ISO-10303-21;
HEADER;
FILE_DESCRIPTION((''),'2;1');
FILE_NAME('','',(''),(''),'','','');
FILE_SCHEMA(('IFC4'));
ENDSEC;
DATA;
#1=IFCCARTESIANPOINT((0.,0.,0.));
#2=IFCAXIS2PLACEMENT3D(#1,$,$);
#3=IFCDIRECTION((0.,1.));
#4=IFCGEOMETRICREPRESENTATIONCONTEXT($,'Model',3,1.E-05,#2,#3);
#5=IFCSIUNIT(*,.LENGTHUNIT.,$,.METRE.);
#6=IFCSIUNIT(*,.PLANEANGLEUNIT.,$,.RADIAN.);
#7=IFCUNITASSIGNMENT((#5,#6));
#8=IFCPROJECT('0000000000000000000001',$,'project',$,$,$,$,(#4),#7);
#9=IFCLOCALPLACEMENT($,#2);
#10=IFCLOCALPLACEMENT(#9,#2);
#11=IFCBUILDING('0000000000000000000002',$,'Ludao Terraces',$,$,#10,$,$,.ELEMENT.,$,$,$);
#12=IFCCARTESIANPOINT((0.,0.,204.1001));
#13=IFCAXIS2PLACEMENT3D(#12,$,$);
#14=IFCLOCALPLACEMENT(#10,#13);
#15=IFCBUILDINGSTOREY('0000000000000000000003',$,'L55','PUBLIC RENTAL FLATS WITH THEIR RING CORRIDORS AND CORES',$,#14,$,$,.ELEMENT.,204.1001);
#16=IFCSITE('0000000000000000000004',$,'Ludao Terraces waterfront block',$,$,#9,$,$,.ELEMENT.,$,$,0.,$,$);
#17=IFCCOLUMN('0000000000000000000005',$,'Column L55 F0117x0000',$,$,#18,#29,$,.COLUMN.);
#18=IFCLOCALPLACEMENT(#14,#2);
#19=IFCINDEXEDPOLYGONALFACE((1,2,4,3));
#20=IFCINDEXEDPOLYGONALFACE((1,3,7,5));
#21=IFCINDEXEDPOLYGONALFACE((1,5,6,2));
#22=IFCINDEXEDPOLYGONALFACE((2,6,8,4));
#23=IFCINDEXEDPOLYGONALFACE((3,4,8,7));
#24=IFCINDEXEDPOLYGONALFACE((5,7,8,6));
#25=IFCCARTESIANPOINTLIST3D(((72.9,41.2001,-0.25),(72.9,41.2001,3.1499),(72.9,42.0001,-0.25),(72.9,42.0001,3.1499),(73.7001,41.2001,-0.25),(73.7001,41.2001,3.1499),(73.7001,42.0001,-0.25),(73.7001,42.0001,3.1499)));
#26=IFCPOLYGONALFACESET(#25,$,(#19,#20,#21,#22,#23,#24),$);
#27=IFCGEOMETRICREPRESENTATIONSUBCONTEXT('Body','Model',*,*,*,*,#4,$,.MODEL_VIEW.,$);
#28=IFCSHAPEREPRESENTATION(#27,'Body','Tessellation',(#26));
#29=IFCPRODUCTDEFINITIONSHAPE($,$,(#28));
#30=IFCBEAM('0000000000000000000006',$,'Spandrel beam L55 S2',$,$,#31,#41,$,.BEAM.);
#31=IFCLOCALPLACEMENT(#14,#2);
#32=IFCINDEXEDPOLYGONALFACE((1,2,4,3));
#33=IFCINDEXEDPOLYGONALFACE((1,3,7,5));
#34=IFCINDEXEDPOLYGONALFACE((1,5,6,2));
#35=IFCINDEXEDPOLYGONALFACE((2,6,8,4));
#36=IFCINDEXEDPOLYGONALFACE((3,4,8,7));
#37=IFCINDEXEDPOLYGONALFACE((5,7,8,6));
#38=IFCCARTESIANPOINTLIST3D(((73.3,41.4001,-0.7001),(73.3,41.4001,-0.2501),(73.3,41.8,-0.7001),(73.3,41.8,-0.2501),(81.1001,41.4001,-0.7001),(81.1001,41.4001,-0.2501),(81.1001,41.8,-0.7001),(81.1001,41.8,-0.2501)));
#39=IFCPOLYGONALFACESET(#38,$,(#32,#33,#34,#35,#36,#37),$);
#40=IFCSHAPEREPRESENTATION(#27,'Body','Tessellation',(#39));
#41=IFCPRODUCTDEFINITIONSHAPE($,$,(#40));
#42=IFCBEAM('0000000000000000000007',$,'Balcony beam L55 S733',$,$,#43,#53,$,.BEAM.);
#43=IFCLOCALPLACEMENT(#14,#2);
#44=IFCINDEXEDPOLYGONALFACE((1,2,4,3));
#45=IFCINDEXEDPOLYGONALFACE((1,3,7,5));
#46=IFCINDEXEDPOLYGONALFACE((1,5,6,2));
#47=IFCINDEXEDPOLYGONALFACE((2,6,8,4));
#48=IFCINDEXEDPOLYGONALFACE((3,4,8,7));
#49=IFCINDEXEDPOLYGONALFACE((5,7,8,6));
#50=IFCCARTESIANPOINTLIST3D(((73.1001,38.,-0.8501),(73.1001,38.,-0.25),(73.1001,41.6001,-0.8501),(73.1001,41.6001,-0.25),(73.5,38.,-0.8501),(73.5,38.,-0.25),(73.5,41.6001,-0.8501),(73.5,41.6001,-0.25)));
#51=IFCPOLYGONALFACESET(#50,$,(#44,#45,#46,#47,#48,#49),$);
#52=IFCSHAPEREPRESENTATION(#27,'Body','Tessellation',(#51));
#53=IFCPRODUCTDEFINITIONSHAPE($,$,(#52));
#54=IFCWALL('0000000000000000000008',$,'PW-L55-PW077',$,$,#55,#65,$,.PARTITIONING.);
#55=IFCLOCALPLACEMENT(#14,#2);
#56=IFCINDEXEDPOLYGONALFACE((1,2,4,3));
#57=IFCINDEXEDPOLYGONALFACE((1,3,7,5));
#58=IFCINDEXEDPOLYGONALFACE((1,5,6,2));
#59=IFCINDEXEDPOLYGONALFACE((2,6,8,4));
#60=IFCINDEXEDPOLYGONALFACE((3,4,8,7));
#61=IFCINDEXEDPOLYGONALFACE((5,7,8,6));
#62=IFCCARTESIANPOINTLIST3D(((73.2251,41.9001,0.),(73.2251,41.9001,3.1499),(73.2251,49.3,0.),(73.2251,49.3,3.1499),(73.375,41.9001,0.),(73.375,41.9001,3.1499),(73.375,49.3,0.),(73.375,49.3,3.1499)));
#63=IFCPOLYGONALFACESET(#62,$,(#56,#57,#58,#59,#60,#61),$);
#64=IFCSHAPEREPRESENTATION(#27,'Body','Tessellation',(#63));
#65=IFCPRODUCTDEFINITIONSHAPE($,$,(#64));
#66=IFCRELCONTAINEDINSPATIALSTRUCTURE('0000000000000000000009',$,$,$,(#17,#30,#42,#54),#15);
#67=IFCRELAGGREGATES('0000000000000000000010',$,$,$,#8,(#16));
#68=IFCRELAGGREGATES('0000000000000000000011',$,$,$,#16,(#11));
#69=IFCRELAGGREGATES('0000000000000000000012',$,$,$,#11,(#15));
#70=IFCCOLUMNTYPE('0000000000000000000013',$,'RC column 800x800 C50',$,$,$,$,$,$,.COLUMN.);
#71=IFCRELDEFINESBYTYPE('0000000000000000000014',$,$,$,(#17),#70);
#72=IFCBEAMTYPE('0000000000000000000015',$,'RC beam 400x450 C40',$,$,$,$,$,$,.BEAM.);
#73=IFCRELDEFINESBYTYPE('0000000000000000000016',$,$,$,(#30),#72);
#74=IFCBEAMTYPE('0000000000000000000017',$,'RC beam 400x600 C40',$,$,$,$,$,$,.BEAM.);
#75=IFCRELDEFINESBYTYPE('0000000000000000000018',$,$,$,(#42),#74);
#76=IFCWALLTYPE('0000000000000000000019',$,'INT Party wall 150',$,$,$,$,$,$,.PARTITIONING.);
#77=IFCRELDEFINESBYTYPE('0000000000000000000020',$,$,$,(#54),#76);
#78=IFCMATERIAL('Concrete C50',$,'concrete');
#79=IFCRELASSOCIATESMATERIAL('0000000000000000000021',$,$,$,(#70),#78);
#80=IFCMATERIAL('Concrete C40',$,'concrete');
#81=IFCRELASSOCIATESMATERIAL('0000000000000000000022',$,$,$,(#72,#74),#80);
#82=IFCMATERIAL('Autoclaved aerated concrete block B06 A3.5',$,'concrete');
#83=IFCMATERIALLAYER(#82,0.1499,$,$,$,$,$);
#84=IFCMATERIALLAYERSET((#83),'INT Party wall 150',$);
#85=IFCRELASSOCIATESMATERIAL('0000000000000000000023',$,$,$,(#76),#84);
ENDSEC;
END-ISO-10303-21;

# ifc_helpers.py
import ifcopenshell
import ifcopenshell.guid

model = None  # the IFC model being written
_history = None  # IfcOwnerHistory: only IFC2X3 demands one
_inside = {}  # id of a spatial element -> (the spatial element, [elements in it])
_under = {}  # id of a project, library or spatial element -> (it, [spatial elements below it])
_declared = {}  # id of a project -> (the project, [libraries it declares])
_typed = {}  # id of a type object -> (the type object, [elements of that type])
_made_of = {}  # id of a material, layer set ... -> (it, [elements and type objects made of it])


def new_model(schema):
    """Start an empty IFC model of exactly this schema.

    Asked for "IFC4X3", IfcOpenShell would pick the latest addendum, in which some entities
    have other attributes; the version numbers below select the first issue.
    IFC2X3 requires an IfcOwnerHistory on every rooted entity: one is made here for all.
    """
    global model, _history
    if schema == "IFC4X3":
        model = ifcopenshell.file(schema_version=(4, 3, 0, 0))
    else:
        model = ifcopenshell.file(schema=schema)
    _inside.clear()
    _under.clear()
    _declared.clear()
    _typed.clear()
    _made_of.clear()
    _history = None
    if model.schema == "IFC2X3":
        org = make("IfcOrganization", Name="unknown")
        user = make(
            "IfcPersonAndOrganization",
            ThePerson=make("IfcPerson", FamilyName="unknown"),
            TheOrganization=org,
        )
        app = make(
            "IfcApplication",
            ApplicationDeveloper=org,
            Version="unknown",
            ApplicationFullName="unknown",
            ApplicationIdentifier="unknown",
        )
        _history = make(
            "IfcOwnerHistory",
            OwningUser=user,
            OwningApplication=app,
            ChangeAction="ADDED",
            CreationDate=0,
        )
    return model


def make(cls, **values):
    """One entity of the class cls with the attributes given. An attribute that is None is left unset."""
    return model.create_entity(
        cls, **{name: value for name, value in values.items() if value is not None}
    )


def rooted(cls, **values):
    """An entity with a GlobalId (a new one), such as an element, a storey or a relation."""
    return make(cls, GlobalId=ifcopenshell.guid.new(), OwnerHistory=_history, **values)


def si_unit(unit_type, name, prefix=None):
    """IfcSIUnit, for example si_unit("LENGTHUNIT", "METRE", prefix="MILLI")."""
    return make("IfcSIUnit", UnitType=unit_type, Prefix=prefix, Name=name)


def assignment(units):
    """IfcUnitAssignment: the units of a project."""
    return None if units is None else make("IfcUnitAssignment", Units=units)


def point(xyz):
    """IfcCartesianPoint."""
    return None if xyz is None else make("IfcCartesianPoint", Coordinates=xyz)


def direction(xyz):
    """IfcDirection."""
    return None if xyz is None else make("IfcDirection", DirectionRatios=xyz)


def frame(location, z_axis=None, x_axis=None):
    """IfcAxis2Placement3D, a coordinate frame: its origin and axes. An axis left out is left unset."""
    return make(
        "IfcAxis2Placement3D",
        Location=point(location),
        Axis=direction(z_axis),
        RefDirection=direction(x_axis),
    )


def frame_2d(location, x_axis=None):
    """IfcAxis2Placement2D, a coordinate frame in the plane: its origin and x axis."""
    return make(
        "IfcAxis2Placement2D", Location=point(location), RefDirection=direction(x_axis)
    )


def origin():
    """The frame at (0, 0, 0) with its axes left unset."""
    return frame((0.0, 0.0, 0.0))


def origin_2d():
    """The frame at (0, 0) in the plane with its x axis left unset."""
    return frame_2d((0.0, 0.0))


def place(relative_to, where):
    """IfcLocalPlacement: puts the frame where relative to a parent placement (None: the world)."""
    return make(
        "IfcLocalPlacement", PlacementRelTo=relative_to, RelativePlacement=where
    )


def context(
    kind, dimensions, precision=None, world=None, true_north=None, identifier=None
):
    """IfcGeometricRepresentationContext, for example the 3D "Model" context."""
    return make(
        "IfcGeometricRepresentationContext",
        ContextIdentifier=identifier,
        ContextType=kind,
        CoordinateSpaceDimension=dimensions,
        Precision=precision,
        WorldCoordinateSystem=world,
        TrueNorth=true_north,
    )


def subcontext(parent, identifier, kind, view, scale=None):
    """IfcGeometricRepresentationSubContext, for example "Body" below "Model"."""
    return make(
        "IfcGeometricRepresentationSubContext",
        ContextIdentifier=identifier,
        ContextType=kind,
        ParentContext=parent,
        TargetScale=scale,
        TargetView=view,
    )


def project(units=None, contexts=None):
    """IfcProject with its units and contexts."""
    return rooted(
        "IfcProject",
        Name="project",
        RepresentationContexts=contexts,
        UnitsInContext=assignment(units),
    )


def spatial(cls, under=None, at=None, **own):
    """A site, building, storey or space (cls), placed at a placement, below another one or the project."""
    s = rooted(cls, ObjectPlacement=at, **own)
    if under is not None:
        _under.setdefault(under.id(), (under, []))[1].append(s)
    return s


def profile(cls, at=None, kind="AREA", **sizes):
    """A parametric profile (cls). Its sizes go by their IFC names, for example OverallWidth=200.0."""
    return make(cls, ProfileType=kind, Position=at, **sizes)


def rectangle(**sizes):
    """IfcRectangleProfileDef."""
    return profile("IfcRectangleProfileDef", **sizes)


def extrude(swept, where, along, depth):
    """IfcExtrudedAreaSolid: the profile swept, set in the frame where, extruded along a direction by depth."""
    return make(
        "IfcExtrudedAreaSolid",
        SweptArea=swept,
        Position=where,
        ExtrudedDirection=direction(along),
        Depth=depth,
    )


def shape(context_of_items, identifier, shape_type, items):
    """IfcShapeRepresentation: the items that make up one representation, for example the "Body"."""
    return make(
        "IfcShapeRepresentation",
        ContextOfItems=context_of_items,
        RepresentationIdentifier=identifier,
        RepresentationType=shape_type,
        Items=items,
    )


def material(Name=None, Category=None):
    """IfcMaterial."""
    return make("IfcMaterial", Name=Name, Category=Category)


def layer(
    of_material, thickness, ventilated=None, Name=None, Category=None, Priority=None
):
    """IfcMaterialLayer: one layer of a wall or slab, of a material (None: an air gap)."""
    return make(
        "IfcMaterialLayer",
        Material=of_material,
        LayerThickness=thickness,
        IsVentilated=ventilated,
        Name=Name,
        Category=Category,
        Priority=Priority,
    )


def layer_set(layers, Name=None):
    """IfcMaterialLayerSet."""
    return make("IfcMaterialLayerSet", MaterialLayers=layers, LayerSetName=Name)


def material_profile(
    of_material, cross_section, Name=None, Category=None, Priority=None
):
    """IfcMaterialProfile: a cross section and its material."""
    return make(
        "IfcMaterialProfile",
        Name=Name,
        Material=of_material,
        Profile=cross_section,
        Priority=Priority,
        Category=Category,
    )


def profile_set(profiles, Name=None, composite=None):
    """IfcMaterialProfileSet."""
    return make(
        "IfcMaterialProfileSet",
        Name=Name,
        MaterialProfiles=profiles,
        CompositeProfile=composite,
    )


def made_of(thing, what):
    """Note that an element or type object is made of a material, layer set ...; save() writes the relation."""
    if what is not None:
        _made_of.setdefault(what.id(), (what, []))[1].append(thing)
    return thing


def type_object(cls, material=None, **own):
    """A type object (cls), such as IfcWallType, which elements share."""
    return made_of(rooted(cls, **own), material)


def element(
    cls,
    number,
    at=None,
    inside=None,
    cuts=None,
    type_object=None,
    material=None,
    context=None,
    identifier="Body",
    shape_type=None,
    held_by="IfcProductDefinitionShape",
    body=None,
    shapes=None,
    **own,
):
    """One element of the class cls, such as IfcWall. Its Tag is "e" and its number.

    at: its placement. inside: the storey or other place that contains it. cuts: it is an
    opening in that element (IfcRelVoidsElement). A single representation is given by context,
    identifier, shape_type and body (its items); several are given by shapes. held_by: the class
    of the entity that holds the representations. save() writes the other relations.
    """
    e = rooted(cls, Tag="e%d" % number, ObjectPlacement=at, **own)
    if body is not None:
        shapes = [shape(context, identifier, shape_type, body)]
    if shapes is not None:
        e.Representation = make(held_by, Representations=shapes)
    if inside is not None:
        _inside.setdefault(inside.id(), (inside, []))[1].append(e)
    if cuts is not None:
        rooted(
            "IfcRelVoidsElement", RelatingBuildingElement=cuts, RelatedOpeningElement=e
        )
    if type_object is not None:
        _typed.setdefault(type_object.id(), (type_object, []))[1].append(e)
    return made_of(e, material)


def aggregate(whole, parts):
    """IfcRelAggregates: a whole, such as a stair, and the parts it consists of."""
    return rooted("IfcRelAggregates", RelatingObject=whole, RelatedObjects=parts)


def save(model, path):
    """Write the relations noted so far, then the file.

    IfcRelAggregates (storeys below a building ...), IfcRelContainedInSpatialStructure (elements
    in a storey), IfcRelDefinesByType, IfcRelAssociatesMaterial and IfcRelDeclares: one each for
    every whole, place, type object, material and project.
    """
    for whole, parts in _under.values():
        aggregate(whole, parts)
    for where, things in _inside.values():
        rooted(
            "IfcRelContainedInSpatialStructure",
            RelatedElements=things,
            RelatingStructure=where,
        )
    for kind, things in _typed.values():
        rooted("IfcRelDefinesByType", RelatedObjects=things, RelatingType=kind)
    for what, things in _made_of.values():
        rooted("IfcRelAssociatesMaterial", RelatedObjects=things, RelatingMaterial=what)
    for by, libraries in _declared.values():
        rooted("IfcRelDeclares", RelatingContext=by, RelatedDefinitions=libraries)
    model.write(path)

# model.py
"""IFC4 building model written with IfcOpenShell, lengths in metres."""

from ifc_helpers import new_model, si_unit, direction, frame, frame_2d, origin, origin_2d, place, context, subcontext, project, spatial, rectangle, extrude, material, layer, layer_set, material_profile, profile_set, type_object, element, save


model = new_model("IFC4")

# Units and contexts
model_context = context("Model", 3, precision=1e-05, world=origin(), true_north=direction((0.0, 1.0)))
body_context = subcontext(model_context, "Body", "Model", "MODEL_VIEW")
ifc_project = project(units=[si_unit("LENGTHUNIT", "METRE"), si_unit("PLANEANGLEUNIT", "RADIAN")], contexts=[model_context])

# Site, building, storey
site_placement = place(None, origin())
site = spatial("IfcSite", under=ifc_project, at=site_placement, Name="Ludao Terraces waterfront block", CompositionType="ELEMENT", RefElevation=0.0)
building_placement = place(site_placement, origin())
building = spatial("IfcBuilding", under=site, at=building_placement, Name="Ludao Terraces", CompositionType="ELEMENT")
storey_placement = place(building_placement, frame((0.0, 0.0, 204.1001)))
storey = spatial("IfcBuildingStorey", under=building, at=storey_placement, Name="L55", Description="PUBLIC RENTAL FLATS WITH THEIR RING CORRIDORS AND CORES", CompositionType="ELEMENT", Elevation=204.1001)

# Column
ifc_material_1 = material(Name="Concrete C50", Category="concrete")
ifc_material_profile_1 = material_profile(ifc_material_1, rectangle(XDim=0.8, YDim=0.8, at=origin_2d()), Name="800 X 800")
ifc_profile_set_1 = profile_set([ifc_material_profile_1], Name="Concrete C50")
column_type = type_object("IfcColumnType", Name="RC column 800x800 C50", PredefinedType="COLUMN", material=ifc_profile_set_1)
column_placement = place(storey_placement, frame((73.3, 41.6001, -0.25), z_axis=(0.0, 0.0, 1.0), x_axis=(1.0, 0.0, 0.0)))
element("IfcColumn", 1, at=column_placement, inside=storey, type_object=column_type, Name="Column L55 F0117x0000", PredefinedType="COLUMN", context=body_context, shape_type="SweptSolid", body=[
    extrude(rectangle(XDim=0.8, YDim=0.8, at=origin_2d()), origin(), (0.0, 0.0, 1.0), 3.3999),
])

# Beams
ifc_material_2 = material(Name="Concrete C40", Category="concrete")
ifc_material_profile_2 = material_profile(ifc_material_2, rectangle(XDim=0.3999, YDim=0.45, at=origin_2d()), Name="400 X 450")
ifc_profile_set_2 = profile_set([ifc_material_profile_2], Name="Concrete C40")
beam_type_1 = type_object("IfcBeamType", Name="RC beam 400x450 C40", PredefinedType="BEAM", material=ifc_profile_set_2)
beam_1_placement = place(storey_placement, frame((73.3, 41.6001, -0.4751), z_axis=(1.0, 0.0, 0.0), x_axis=(0.0, 1.0, 0.0)))
element("IfcBeam", 2, at=beam_1_placement, inside=storey, type_object=beam_type_1, Name="Spandrel beam L55 S2", PredefinedType="BEAM", context=body_context, shape_type="SweptSolid", body=[
    extrude(rectangle(XDim=0.3999, YDim=0.45, at=origin_2d()), origin(), (0.0, 0.0, 1.0), 7.8),
])
ifc_material_profile_3 = material_profile(ifc_material_2, rectangle(XDim=0.3999, YDim=0.6001, at=origin_2d()), Name="400 X 600")
ifc_profile_set_3 = profile_set([ifc_material_profile_3], Name="Concrete C40")
beam_type_2 = type_object("IfcBeamType", Name="RC beam 400x600 C40", PredefinedType="BEAM", material=ifc_profile_set_3)
beam_2_placement = place(storey_placement, frame((73.3, 41.6001, -0.55), z_axis=(0.0, -1.0, 0.0), x_axis=(1.0, 0.0, 0.0)))
element("IfcBeam", 3, at=beam_2_placement, inside=storey, type_object=beam_type_2, Name="Balcony beam L55 S733", PredefinedType="BEAM", context=body_context, shape_type="SweptSolid", body=[
    extrude(rectangle(XDim=0.3999, YDim=0.6001, at=origin_2d()), origin(), (0.0, 0.0, 1.0), 3.6001),
])

# Wall
ifc_material_3 = material(Name="Autoclaved aerated concrete block B06 A3.5", Category="concrete")
ifc_layer = layer(ifc_material_3, 0.1499)
ifc_layer_set = layer_set([ifc_layer], Name="INT Party wall 150")
wall_type = type_object("IfcWallType", Name="INT Party wall 150", PredefinedType="PARTITIONING", material=ifc_layer_set)
wall_placement = place(storey_placement, frame((73.3, 41.9001, 0.0), z_axis=(0.0, 0.0, 1.0), x_axis=(0.0, 1.0, 0.0)))
element("IfcWall", 4, at=wall_placement, inside=storey, type_object=wall_type, Name="PW-L55-PW077", PredefinedType="PARTITIONING", context=body_context, shape_type="SweptSolid", body=[
    extrude(rectangle(XDim=7.3999, YDim=0.1499, at=frame_2d((3.7, 0.0))), origin(), (0.0, 0.0, 1.0), 3.1499),
])

save(model, "model.ifc")
